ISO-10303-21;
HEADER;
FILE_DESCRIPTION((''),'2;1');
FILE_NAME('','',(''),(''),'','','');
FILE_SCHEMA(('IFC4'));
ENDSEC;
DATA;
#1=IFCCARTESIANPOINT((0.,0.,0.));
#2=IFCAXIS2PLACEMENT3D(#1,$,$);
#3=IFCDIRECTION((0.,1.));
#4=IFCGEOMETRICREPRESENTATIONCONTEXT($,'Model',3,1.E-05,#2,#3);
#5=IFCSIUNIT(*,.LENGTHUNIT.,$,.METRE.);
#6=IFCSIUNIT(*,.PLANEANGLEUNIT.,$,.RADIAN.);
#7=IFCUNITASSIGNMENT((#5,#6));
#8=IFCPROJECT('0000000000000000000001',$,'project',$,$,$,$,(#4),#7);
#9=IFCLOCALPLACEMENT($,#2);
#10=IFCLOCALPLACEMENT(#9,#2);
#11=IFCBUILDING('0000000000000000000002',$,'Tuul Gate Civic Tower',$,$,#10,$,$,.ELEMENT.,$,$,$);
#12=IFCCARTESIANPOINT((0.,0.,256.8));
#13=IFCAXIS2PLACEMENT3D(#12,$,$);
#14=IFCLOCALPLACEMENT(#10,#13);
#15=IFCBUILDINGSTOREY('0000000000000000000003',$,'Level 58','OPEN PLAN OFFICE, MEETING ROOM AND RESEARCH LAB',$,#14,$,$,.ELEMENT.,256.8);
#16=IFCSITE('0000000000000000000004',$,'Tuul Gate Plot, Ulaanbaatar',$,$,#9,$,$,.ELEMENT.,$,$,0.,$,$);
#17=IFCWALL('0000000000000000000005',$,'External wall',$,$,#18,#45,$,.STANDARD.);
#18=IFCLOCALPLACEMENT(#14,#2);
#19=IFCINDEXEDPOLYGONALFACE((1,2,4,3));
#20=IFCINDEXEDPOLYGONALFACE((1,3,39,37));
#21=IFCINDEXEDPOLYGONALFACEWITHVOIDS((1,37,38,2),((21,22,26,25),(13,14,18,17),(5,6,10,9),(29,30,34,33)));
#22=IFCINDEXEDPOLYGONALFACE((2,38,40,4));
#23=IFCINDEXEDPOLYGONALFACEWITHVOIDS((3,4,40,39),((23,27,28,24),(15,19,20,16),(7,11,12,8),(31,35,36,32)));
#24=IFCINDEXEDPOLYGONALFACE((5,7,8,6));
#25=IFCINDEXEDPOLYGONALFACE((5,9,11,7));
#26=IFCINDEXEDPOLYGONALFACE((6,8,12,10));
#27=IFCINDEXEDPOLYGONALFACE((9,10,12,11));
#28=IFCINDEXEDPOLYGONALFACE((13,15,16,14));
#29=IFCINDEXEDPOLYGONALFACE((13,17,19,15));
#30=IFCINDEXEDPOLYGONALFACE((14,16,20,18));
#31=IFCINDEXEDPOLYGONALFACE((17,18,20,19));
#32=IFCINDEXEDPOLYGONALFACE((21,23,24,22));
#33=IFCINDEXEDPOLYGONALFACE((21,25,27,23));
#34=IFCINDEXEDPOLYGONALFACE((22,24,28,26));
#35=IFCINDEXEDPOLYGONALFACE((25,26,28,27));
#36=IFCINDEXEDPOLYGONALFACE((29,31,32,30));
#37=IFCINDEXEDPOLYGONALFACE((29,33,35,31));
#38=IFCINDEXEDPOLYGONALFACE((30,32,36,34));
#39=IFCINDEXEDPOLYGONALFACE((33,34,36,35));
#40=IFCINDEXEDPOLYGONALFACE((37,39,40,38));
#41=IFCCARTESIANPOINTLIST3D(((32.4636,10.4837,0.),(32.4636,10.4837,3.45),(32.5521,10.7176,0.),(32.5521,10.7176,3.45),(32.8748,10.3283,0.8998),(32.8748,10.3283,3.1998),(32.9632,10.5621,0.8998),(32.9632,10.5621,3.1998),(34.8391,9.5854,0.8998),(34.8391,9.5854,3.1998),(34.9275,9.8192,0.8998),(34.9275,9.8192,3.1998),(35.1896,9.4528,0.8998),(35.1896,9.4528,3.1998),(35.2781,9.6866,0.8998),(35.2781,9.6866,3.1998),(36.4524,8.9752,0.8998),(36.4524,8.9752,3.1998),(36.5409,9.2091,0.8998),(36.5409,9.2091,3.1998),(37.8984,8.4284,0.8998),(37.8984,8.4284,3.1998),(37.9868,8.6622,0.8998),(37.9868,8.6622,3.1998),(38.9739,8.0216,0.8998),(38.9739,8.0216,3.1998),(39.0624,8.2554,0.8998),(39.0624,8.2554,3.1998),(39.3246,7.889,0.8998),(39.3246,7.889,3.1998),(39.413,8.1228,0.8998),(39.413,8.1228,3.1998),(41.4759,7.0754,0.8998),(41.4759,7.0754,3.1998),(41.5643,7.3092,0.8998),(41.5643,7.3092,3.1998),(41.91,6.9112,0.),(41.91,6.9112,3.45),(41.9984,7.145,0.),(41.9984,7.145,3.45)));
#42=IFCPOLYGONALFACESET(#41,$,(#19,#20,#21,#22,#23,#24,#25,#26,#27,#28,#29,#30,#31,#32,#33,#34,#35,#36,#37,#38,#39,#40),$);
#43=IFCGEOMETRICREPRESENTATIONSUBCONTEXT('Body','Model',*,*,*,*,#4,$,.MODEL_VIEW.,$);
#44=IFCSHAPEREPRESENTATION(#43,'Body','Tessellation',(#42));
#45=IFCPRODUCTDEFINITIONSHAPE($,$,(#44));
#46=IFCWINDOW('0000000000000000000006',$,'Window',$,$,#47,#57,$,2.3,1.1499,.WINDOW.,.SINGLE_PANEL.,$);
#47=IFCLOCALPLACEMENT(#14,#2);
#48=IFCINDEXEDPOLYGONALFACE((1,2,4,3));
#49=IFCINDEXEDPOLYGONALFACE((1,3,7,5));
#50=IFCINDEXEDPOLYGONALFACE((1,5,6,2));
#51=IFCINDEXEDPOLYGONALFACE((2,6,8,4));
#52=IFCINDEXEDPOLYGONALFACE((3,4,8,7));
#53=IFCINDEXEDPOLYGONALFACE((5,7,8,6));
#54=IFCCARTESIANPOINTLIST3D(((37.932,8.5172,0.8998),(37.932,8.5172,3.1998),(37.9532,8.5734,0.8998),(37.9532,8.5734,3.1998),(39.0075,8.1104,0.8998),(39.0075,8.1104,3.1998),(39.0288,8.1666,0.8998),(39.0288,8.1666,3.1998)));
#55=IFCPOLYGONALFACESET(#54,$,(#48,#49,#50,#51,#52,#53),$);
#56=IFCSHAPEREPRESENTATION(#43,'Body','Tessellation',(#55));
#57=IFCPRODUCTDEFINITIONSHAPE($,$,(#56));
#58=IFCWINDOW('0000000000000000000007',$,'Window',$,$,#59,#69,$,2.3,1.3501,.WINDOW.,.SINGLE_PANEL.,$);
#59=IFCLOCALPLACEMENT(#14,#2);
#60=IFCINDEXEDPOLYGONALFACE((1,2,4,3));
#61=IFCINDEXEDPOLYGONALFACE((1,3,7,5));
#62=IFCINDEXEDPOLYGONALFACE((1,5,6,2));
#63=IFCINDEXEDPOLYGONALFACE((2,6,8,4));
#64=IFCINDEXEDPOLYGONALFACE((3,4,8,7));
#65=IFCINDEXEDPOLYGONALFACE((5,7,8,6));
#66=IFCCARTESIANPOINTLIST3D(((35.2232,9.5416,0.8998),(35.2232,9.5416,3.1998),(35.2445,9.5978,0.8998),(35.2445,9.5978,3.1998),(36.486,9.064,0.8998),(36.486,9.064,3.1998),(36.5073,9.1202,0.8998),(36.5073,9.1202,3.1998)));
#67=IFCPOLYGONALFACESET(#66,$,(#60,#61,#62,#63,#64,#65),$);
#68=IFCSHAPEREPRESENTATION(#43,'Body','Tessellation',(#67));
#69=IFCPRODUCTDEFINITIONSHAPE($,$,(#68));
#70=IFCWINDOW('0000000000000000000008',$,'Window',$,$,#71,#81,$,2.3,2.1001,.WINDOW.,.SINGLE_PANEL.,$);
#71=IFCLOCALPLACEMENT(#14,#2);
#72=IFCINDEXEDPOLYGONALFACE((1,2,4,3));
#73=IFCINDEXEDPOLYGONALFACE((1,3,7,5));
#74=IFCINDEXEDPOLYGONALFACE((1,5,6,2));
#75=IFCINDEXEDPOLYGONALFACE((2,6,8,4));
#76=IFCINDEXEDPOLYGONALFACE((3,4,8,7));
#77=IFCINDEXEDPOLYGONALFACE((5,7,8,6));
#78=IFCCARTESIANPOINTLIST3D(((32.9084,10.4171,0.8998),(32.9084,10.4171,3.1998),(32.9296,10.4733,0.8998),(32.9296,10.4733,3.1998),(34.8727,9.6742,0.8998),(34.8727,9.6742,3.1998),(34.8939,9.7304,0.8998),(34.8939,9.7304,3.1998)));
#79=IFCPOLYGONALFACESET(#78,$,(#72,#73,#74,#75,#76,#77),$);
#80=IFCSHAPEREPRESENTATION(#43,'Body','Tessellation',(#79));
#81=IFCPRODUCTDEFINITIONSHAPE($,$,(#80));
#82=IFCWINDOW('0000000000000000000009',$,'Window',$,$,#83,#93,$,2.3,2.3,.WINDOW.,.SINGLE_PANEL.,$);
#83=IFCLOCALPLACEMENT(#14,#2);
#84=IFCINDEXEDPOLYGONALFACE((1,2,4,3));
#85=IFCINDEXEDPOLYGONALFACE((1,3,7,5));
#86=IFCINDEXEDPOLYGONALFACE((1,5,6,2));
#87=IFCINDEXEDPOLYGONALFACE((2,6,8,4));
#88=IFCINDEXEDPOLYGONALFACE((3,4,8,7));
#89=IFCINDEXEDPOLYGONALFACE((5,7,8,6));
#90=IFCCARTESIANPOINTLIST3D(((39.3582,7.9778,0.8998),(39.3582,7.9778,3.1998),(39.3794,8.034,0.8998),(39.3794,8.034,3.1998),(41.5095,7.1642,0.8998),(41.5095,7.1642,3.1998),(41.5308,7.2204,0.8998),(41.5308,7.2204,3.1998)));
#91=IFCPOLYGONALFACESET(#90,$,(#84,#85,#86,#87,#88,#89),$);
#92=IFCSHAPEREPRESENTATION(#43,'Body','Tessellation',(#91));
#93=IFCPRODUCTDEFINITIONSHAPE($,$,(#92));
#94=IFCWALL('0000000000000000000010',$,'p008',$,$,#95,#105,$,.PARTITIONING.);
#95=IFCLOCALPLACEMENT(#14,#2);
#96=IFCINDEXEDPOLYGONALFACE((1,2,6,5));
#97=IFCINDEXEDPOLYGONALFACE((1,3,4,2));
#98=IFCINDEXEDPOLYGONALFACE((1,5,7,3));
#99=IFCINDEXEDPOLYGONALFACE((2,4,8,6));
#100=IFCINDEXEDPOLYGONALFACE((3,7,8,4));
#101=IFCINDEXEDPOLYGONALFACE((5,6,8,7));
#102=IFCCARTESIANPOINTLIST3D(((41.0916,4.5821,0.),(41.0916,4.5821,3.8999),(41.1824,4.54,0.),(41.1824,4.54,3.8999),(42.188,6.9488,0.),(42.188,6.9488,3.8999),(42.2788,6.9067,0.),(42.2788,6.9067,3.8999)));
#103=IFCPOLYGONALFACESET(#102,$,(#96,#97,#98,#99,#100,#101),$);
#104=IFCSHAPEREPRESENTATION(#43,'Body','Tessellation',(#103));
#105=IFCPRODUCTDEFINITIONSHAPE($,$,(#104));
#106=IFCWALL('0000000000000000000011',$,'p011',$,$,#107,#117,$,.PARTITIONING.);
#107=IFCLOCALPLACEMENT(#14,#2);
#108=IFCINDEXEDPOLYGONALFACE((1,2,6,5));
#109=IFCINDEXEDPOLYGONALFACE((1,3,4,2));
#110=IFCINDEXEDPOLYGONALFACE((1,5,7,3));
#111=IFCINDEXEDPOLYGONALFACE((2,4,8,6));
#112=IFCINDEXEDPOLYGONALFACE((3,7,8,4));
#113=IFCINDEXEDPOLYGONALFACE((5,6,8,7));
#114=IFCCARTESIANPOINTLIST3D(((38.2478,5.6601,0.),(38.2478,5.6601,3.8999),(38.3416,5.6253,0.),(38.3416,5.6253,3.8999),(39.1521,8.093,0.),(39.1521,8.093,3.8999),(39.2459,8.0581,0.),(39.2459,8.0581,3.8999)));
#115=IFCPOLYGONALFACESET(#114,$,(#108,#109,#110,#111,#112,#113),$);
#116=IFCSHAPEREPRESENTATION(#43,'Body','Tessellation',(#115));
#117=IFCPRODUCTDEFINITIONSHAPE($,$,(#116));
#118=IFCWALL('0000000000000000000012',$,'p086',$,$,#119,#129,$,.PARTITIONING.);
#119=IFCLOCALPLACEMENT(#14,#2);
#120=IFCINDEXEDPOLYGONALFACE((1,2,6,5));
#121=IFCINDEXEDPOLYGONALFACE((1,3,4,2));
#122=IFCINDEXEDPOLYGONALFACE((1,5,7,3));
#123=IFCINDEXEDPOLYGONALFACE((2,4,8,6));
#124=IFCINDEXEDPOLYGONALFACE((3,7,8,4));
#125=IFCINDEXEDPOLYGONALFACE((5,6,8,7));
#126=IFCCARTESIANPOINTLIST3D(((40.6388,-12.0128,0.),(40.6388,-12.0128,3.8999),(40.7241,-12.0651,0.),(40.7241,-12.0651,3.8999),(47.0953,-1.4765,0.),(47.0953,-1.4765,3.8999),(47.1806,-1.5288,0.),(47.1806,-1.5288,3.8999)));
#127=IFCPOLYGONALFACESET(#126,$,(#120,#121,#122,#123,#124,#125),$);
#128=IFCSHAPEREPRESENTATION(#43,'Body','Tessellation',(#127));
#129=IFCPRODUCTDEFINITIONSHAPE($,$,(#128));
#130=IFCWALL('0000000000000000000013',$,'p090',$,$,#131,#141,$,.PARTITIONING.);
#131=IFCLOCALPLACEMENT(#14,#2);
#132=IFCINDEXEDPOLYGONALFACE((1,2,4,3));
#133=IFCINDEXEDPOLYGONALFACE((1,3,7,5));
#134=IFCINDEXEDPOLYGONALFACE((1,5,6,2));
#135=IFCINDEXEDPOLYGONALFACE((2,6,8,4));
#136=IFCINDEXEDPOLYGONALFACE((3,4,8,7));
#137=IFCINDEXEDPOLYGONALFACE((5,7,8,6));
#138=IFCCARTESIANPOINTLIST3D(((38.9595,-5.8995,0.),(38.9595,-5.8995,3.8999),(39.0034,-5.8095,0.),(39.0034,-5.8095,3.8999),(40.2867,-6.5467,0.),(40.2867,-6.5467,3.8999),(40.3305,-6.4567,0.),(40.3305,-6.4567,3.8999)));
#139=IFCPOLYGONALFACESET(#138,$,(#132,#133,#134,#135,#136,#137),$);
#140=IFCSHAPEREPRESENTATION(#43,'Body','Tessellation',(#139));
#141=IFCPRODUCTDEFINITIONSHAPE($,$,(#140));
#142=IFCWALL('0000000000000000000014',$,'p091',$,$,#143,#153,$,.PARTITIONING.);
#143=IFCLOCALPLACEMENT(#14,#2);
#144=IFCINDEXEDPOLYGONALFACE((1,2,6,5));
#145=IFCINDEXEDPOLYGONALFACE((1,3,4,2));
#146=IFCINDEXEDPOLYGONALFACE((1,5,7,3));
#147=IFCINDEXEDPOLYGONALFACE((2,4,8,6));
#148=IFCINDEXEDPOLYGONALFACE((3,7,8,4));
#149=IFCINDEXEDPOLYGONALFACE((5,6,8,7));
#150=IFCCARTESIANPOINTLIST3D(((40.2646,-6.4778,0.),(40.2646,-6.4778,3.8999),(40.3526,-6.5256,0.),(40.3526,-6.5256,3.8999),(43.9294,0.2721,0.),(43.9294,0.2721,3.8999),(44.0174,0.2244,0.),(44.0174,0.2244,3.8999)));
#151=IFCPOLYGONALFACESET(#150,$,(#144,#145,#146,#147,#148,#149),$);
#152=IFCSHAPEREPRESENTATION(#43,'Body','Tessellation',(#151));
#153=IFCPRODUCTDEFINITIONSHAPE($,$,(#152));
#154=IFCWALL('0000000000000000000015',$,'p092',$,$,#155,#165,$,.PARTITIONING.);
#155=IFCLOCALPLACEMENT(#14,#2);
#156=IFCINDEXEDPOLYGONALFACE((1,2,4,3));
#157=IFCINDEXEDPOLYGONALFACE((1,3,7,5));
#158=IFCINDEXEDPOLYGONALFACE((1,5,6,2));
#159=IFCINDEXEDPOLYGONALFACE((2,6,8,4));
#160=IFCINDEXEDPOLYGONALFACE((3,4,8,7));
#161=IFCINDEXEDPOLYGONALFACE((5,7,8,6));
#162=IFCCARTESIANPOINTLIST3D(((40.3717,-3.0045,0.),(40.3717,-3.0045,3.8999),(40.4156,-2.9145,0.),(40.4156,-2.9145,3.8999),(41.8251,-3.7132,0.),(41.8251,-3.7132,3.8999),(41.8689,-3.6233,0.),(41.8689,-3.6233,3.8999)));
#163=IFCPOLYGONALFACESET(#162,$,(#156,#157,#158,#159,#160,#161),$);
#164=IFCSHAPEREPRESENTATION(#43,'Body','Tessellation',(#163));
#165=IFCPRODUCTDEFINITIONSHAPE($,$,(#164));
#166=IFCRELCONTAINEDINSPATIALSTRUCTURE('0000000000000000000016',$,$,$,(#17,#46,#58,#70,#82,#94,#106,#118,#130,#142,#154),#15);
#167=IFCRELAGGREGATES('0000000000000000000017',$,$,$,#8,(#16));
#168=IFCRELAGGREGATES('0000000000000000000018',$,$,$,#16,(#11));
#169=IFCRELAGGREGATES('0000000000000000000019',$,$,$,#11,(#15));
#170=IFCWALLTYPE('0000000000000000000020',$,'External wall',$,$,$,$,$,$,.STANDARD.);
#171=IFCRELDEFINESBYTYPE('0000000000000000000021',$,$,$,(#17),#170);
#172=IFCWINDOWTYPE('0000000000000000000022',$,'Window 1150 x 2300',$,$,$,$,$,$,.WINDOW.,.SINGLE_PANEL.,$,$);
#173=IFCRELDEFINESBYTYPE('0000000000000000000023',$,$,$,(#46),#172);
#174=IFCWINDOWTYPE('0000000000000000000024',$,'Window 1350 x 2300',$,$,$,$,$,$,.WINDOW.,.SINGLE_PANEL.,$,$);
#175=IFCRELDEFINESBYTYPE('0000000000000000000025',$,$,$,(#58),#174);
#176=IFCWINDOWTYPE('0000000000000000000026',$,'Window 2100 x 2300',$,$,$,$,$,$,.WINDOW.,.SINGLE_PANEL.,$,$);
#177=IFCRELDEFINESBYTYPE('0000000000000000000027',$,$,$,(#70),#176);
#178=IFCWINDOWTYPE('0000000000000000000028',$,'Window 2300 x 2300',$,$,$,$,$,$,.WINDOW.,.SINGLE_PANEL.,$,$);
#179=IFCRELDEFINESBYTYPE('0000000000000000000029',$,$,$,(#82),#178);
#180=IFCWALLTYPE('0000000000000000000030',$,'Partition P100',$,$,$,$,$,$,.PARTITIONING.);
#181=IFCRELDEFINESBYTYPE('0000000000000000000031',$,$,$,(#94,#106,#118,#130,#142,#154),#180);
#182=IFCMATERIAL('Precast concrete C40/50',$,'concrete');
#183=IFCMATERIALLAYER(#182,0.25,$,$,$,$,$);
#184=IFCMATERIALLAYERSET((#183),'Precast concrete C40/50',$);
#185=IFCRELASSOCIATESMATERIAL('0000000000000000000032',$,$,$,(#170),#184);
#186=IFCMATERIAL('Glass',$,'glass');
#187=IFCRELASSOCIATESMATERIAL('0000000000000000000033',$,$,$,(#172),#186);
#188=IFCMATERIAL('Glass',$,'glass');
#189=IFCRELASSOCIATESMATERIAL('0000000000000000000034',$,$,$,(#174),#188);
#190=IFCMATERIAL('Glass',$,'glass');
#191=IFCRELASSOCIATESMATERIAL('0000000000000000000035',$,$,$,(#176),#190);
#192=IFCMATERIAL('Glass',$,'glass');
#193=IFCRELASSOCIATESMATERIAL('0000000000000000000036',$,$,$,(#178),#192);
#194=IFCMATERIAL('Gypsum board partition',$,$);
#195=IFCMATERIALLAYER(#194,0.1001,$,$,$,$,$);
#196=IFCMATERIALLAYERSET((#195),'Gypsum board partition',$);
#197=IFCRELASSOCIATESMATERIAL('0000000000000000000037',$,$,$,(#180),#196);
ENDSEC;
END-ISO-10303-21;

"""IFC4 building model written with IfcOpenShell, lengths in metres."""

from ifc_helpers import new_model, si_unit, direction, frame, frame_2d, origin, place, context, subcontext, project, spatial, rectangle, extrude, material, layer, layer_set, type_object, element, fill, save


model = new_model("IFC4")

# Units and contexts
model_context = context("Model", 3, precision=1e-05, world=origin(), true_north=direction((0.0, 1.0)))
body_context = subcontext(model_context, "Body", "Model", "MODEL_VIEW")
ifc_project = project(units=[si_unit("LENGTHUNIT", "METRE"), si_unit("PLANEANGLEUNIT", "RADIAN")], contexts=[model_context])

# Site, building, storey
site_placement = place(None, origin())
site = spatial("IfcSite", under=ifc_project, at=site_placement, Name="Tuul Gate Plot, Ulaanbaatar", CompositionType="ELEMENT", RefElevation=0.0)
building_placement = place(site_placement, origin())
building = spatial("IfcBuilding", under=site, at=building_placement, Name="Tuul Gate Civic Tower", CompositionType="ELEMENT")
storey_placement = place(building_placement, frame((0.0, 0.0, 256.8)))
storey = spatial("IfcBuildingStorey", under=building, at=storey_placement, Name="Level 58", Description="OPEN PLAN OFFICE, MEETING ROOM AND RESEARCH LAB", CompositionType="ELEMENT", Elevation=256.8)

# Wall, openings, windows
ifc_material_1 = material(Name="Precast concrete C40/50", Category="concrete")
ifc_layer_1 = layer(ifc_material_1, 0.25)
ifc_layer_set_1 = layer_set([ifc_layer_1], Name="Precast concrete C40/50")
wall_type_1 = type_object("IfcWallType", Name="External wall", PredefinedType="STANDARD", material=ifc_layer_set_1)
wall_1_placement = place(storey_placement, frame((41.9543, 7.0281, 0.0), z_axis=(0.0, 0.0, 1.0), x_axis=(-0.935344, 0.353739, 0.0)))
wall_1 = element("IfcWall", 1, at=wall_1_placement, inside=storey, type_object=wall_type_1, Name="External wall", PredefinedType="STANDARD", context=body_context, shape_type="SweptSolid", body=[
    extrude(rectangle(XDim=10.0994, YDim=0.25, at=frame_2d((5.0498, 0.0))), origin(), (0.0, 0.0, 1.0), 3.45),
])
opening_1_placement = place(wall_1_placement, frame((5.835, 0.0, 0.8999)))
opening_1 = element("IfcOpeningElement", 2, at=opening_1_placement, cuts=wall_1, PredefinedType="OPENING", context=body_context, shape_type="SweptSolid", body=[
    extrude(rectangle(XDim=1.3501, YDim=2.3, at=frame_2d((0.675, 1.1499))), frame((0.0, 0.135, 0.0), z_axis=(0.0, -1.0, 0.0), x_axis=(1.0, 0.0, 0.0)), (0.0, 0.0, 1.0), 0.27),
])
opening_2_placement = place(wall_1_placement, frame((7.5598, 0.0, 0.8999)))
opening_2 = element("IfcOpeningElement", 3, at=opening_2_placement, cuts=wall_1, PredefinedType="OPENING", context=body_context, shape_type="SweptSolid", body=[
    extrude(rectangle(XDim=2.1001, YDim=2.3, at=frame_2d((1.05, 1.1499))), frame((0.0, 0.135, 0.0), z_axis=(0.0, -1.0, 0.0), x_axis=(1.0, 0.0, 0.0)), (0.0, 0.0, 1.0), 0.27),
])
opening_3_placement = place(wall_1_placement, frame((0.4644, 0.0, 0.8999)))
opening_3 = element("IfcOpeningElement", 4, at=opening_3_placement, cuts=wall_1, PredefinedType="OPENING", context=body_context, shape_type="SweptSolid", body=[
    extrude(rectangle(XDim=2.3, YDim=2.3, at=frame_2d((1.1499, 1.1499))), frame((0.0, 0.135, 0.0), z_axis=(0.0, -1.0, 0.0), x_axis=(1.0, 0.0, 0.0)), (0.0, 0.0, 1.0), 0.27),
])
opening_4_placement = place(wall_1_placement, frame((3.1392, 0.0, 0.8999)))
opening_4 = element("IfcOpeningElement", 5, at=opening_4_placement, cuts=wall_1, PredefinedType="OPENING", context=body_context, shape_type="SweptSolid", body=[
    extrude(rectangle(XDim=1.1499, YDim=2.3, at=frame_2d((0.575, 1.1499))), frame((0.0, 0.135, 0.0), z_axis=(0.0, -1.0, 0.0), x_axis=(1.0, 0.0, 0.0)), (0.0, 0.0, 1.0), 0.27),
])
ifc_material_2 = material(Name="Glass", Category="glass")
window_type_1 = type_object("IfcWindowType", Name="Window 1150 x 2300", PartitioningType="SINGLE_PANEL", PredefinedType="WINDOW", material=ifc_material_2)
window_1_placement = place(opening_4_placement, origin())
window_1 = element("IfcWindow", 6, at=window_1_placement, inside=storey, type_object=window_type_1, Name="Window", OverallHeight=2.3, OverallWidth=1.1499, PartitioningType="SINGLE_PANEL", PredefinedType="WINDOW", context=body_context, shape_type="SweptSolid", body=[
    extrude(rectangle(XDim=1.1499, YDim=2.3, at=frame_2d((0.575, 1.1499))), frame((0.0, 0.03, 0.0), z_axis=(0.0, -1.0, 0.0), x_axis=(1.0, 0.0, 0.0)), (0.0, 0.0, 1.0), 0.0601),
])
fill(opening_4, window_1)
ifc_material_3 = material(Name="Glass", Category="glass")
window_type_2 = type_object("IfcWindowType", Name="Window 1350 x 2300", PartitioningType="SINGLE_PANEL", PredefinedType="WINDOW", material=ifc_material_3)
window_2_placement = place(opening_1_placement, origin())
window_2 = element("IfcWindow", 7, at=window_2_placement, inside=storey, type_object=window_type_2, Name="Window", OverallHeight=2.3, OverallWidth=1.3501, PartitioningType="SINGLE_PANEL", PredefinedType="WINDOW", context=body_context, shape_type="SweptSolid", body=[
    extrude(rectangle(XDim=1.3501, YDim=2.3, at=frame_2d((0.675, 1.1499))), frame((0.0, 0.03, 0.0), z_axis=(0.0, -1.0, 0.0), x_axis=(1.0, 0.0, 0.0)), (0.0, 0.0, 1.0), 0.0601),
])
fill(opening_1, window_2)
ifc_material_4 = material(Name="Glass", Category="glass")
window_type_3 = type_object("IfcWindowType", Name="Window 2100 x 2300", PartitioningType="SINGLE_PANEL", PredefinedType="WINDOW", material=ifc_material_4)
window_3_placement = place(opening_2_placement, origin())
window_3 = element("IfcWindow", 8, at=window_3_placement, inside=storey, type_object=window_type_3, Name="Window", OverallHeight=2.3, OverallWidth=2.1001, PartitioningType="SINGLE_PANEL", PredefinedType="WINDOW", context=body_context, shape_type="SweptSolid", body=[
    extrude(rectangle(XDim=2.1001, YDim=2.3, at=frame_2d((1.05, 1.1499))), frame((0.0, 0.03, 0.0), z_axis=(0.0, -1.0, 0.0), x_axis=(1.0, 0.0, 0.0)), (0.0, 0.0, 1.0), 0.0601),
])
fill(opening_2, window_3)
ifc_material_5 = material(Name="Glass", Category="glass")
window_type_4 = type_object("IfcWindowType", Name="Window 2300 x 2300", PartitioningType="SINGLE_PANEL", PredefinedType="WINDOW", material=ifc_material_5)
window_4_placement = place(opening_3_placement, origin())
window_4 = element("IfcWindow", 9, at=window_4_placement, inside=storey, type_object=window_type_4, Name="Window", OverallHeight=2.3, OverallWidth=2.3, PartitioningType="SINGLE_PANEL", PredefinedType="WINDOW", context=body_context, shape_type="SweptSolid", body=[
    extrude(rectangle(XDim=2.3, YDim=2.3, at=frame_2d((1.1499, 1.1499))), frame((0.0, 0.03, 0.0), z_axis=(0.0, -1.0, 0.0), x_axis=(1.0, 0.0, 0.0)), (0.0, 0.0, 1.0), 0.0601),
])
fill(opening_3, window_4)

# Walls
ifc_material_6 = material(Name="Gypsum board partition")
ifc_layer_2 = layer(ifc_material_6, 0.1001)
ifc_layer_set_2 = layer_set([ifc_layer_2], Name="Gypsum board partition")
wall_type_2 = type_object("IfcWallType", Name="Partition P100", PredefinedType="PARTITIONING", material=ifc_layer_set_2)
wall_2_placement = place(storey_placement, frame((41.137, 4.561, 0.0), z_axis=(0.0, 0.0, 1.0), x_axis=(0.420358, 0.907359, 0.0)))
element("IfcWall", 10, at=wall_2_placement, inside=storey, type_object=wall_type_2, Name="p008", PredefinedType="PARTITIONING", context=body_context, shape_type="SweptSolid", body=[
    extrude(rectangle(XDim=2.6084, YDim=0.1001, at=frame_2d((1.3042, 0.0))), origin(), (0.0, 0.0, 1.0), 3.8999),
])
wall_3_placement = place(storey_placement, frame((38.2947, 5.6426, 0.0), z_axis=(0.0, 0.0, 1.0), x_axis=(0.348411, 0.937342, 0.0)))
element("IfcWall", 11, at=wall_3_placement, inside=storey, type_object=wall_type_2, Name="p011", PredefinedType="PARTITIONING", context=body_context, shape_type="SweptSolid", body=[
    extrude(rectangle(XDim=2.5955, YDim=0.1001, at=frame_2d((1.2979, 0.0))), origin(), (0.0, 0.0, 1.0), 3.8999),
])
wall_4_placement = place(storey_placement, frame((40.6814, -12.0391, 0.0), z_axis=(0.0, 0.0, 1.0), x_axis=(0.522489, 0.852646, 0.0)))
element("IfcWall", 12, at=wall_4_placement, inside=storey, type_object=wall_type_2, Name="p086", PredefinedType="PARTITIONING", context=body_context, shape_type="SweptSolid", body=[
    extrude(rectangle(XDim=12.3572, YDim=0.1001, at=frame_2d((6.1787, 0.0))), origin(), (0.0, 0.0, 1.0), 3.8999),
])
wall_5_placement = place(storey_placement, frame((38.9814, -5.8545, 0.0), z_axis=(0.0, 0.0, 1.0), x_axis=(0.898815, -0.438329, 0.0)))
element("IfcWall", 13, at=wall_5_placement, inside=storey, type_object=wall_type_2, Name="p090", PredefinedType="PARTITIONING", context=body_context, shape_type="SweptSolid", body=[
    extrude(rectangle(XDim=1.4766, YDim=0.1001, at=frame_2d((0.7383, 0.0))), origin(), (0.0, 0.0, 1.0), 3.8999),
])
wall_6_placement = place(storey_placement, frame((40.3086, -6.5017, 0.0), z_axis=(0.0, 0.0, 1.0), x_axis=(0.477143, 0.878826, 0.0)))
element("IfcWall", 14, at=wall_6_placement, inside=storey, type_object=wall_type_2, Name="p091", PredefinedType="PARTITIONING", context=body_context, shape_type="SweptSolid", body=[
    extrude(rectangle(XDim=7.6807, YDim=0.1001, at=frame_2d((3.8403, 0.0))), origin(), (0.0, 0.0, 1.0), 3.8999),
])
wall_7_placement = place(storey_placement, frame((40.3936, -2.9595, 0.0), z_axis=(0.0, 0.0, 1.0), x_axis=(0.898822, -0.438314, 0.0)))
element("IfcWall", 15, at=wall_7_placement, inside=storey, type_object=wall_type_2, Name="p092", PredefinedType="PARTITIONING", context=body_context, shape_type="SweptSolid", body=[
    extrude(rectangle(XDim=1.6169, YDim=0.1001, at=frame_2d((0.8086, 0.0))), origin(), (0.0, 0.0, 1.0), 3.8999),
])

save(model, "model.ifc")
